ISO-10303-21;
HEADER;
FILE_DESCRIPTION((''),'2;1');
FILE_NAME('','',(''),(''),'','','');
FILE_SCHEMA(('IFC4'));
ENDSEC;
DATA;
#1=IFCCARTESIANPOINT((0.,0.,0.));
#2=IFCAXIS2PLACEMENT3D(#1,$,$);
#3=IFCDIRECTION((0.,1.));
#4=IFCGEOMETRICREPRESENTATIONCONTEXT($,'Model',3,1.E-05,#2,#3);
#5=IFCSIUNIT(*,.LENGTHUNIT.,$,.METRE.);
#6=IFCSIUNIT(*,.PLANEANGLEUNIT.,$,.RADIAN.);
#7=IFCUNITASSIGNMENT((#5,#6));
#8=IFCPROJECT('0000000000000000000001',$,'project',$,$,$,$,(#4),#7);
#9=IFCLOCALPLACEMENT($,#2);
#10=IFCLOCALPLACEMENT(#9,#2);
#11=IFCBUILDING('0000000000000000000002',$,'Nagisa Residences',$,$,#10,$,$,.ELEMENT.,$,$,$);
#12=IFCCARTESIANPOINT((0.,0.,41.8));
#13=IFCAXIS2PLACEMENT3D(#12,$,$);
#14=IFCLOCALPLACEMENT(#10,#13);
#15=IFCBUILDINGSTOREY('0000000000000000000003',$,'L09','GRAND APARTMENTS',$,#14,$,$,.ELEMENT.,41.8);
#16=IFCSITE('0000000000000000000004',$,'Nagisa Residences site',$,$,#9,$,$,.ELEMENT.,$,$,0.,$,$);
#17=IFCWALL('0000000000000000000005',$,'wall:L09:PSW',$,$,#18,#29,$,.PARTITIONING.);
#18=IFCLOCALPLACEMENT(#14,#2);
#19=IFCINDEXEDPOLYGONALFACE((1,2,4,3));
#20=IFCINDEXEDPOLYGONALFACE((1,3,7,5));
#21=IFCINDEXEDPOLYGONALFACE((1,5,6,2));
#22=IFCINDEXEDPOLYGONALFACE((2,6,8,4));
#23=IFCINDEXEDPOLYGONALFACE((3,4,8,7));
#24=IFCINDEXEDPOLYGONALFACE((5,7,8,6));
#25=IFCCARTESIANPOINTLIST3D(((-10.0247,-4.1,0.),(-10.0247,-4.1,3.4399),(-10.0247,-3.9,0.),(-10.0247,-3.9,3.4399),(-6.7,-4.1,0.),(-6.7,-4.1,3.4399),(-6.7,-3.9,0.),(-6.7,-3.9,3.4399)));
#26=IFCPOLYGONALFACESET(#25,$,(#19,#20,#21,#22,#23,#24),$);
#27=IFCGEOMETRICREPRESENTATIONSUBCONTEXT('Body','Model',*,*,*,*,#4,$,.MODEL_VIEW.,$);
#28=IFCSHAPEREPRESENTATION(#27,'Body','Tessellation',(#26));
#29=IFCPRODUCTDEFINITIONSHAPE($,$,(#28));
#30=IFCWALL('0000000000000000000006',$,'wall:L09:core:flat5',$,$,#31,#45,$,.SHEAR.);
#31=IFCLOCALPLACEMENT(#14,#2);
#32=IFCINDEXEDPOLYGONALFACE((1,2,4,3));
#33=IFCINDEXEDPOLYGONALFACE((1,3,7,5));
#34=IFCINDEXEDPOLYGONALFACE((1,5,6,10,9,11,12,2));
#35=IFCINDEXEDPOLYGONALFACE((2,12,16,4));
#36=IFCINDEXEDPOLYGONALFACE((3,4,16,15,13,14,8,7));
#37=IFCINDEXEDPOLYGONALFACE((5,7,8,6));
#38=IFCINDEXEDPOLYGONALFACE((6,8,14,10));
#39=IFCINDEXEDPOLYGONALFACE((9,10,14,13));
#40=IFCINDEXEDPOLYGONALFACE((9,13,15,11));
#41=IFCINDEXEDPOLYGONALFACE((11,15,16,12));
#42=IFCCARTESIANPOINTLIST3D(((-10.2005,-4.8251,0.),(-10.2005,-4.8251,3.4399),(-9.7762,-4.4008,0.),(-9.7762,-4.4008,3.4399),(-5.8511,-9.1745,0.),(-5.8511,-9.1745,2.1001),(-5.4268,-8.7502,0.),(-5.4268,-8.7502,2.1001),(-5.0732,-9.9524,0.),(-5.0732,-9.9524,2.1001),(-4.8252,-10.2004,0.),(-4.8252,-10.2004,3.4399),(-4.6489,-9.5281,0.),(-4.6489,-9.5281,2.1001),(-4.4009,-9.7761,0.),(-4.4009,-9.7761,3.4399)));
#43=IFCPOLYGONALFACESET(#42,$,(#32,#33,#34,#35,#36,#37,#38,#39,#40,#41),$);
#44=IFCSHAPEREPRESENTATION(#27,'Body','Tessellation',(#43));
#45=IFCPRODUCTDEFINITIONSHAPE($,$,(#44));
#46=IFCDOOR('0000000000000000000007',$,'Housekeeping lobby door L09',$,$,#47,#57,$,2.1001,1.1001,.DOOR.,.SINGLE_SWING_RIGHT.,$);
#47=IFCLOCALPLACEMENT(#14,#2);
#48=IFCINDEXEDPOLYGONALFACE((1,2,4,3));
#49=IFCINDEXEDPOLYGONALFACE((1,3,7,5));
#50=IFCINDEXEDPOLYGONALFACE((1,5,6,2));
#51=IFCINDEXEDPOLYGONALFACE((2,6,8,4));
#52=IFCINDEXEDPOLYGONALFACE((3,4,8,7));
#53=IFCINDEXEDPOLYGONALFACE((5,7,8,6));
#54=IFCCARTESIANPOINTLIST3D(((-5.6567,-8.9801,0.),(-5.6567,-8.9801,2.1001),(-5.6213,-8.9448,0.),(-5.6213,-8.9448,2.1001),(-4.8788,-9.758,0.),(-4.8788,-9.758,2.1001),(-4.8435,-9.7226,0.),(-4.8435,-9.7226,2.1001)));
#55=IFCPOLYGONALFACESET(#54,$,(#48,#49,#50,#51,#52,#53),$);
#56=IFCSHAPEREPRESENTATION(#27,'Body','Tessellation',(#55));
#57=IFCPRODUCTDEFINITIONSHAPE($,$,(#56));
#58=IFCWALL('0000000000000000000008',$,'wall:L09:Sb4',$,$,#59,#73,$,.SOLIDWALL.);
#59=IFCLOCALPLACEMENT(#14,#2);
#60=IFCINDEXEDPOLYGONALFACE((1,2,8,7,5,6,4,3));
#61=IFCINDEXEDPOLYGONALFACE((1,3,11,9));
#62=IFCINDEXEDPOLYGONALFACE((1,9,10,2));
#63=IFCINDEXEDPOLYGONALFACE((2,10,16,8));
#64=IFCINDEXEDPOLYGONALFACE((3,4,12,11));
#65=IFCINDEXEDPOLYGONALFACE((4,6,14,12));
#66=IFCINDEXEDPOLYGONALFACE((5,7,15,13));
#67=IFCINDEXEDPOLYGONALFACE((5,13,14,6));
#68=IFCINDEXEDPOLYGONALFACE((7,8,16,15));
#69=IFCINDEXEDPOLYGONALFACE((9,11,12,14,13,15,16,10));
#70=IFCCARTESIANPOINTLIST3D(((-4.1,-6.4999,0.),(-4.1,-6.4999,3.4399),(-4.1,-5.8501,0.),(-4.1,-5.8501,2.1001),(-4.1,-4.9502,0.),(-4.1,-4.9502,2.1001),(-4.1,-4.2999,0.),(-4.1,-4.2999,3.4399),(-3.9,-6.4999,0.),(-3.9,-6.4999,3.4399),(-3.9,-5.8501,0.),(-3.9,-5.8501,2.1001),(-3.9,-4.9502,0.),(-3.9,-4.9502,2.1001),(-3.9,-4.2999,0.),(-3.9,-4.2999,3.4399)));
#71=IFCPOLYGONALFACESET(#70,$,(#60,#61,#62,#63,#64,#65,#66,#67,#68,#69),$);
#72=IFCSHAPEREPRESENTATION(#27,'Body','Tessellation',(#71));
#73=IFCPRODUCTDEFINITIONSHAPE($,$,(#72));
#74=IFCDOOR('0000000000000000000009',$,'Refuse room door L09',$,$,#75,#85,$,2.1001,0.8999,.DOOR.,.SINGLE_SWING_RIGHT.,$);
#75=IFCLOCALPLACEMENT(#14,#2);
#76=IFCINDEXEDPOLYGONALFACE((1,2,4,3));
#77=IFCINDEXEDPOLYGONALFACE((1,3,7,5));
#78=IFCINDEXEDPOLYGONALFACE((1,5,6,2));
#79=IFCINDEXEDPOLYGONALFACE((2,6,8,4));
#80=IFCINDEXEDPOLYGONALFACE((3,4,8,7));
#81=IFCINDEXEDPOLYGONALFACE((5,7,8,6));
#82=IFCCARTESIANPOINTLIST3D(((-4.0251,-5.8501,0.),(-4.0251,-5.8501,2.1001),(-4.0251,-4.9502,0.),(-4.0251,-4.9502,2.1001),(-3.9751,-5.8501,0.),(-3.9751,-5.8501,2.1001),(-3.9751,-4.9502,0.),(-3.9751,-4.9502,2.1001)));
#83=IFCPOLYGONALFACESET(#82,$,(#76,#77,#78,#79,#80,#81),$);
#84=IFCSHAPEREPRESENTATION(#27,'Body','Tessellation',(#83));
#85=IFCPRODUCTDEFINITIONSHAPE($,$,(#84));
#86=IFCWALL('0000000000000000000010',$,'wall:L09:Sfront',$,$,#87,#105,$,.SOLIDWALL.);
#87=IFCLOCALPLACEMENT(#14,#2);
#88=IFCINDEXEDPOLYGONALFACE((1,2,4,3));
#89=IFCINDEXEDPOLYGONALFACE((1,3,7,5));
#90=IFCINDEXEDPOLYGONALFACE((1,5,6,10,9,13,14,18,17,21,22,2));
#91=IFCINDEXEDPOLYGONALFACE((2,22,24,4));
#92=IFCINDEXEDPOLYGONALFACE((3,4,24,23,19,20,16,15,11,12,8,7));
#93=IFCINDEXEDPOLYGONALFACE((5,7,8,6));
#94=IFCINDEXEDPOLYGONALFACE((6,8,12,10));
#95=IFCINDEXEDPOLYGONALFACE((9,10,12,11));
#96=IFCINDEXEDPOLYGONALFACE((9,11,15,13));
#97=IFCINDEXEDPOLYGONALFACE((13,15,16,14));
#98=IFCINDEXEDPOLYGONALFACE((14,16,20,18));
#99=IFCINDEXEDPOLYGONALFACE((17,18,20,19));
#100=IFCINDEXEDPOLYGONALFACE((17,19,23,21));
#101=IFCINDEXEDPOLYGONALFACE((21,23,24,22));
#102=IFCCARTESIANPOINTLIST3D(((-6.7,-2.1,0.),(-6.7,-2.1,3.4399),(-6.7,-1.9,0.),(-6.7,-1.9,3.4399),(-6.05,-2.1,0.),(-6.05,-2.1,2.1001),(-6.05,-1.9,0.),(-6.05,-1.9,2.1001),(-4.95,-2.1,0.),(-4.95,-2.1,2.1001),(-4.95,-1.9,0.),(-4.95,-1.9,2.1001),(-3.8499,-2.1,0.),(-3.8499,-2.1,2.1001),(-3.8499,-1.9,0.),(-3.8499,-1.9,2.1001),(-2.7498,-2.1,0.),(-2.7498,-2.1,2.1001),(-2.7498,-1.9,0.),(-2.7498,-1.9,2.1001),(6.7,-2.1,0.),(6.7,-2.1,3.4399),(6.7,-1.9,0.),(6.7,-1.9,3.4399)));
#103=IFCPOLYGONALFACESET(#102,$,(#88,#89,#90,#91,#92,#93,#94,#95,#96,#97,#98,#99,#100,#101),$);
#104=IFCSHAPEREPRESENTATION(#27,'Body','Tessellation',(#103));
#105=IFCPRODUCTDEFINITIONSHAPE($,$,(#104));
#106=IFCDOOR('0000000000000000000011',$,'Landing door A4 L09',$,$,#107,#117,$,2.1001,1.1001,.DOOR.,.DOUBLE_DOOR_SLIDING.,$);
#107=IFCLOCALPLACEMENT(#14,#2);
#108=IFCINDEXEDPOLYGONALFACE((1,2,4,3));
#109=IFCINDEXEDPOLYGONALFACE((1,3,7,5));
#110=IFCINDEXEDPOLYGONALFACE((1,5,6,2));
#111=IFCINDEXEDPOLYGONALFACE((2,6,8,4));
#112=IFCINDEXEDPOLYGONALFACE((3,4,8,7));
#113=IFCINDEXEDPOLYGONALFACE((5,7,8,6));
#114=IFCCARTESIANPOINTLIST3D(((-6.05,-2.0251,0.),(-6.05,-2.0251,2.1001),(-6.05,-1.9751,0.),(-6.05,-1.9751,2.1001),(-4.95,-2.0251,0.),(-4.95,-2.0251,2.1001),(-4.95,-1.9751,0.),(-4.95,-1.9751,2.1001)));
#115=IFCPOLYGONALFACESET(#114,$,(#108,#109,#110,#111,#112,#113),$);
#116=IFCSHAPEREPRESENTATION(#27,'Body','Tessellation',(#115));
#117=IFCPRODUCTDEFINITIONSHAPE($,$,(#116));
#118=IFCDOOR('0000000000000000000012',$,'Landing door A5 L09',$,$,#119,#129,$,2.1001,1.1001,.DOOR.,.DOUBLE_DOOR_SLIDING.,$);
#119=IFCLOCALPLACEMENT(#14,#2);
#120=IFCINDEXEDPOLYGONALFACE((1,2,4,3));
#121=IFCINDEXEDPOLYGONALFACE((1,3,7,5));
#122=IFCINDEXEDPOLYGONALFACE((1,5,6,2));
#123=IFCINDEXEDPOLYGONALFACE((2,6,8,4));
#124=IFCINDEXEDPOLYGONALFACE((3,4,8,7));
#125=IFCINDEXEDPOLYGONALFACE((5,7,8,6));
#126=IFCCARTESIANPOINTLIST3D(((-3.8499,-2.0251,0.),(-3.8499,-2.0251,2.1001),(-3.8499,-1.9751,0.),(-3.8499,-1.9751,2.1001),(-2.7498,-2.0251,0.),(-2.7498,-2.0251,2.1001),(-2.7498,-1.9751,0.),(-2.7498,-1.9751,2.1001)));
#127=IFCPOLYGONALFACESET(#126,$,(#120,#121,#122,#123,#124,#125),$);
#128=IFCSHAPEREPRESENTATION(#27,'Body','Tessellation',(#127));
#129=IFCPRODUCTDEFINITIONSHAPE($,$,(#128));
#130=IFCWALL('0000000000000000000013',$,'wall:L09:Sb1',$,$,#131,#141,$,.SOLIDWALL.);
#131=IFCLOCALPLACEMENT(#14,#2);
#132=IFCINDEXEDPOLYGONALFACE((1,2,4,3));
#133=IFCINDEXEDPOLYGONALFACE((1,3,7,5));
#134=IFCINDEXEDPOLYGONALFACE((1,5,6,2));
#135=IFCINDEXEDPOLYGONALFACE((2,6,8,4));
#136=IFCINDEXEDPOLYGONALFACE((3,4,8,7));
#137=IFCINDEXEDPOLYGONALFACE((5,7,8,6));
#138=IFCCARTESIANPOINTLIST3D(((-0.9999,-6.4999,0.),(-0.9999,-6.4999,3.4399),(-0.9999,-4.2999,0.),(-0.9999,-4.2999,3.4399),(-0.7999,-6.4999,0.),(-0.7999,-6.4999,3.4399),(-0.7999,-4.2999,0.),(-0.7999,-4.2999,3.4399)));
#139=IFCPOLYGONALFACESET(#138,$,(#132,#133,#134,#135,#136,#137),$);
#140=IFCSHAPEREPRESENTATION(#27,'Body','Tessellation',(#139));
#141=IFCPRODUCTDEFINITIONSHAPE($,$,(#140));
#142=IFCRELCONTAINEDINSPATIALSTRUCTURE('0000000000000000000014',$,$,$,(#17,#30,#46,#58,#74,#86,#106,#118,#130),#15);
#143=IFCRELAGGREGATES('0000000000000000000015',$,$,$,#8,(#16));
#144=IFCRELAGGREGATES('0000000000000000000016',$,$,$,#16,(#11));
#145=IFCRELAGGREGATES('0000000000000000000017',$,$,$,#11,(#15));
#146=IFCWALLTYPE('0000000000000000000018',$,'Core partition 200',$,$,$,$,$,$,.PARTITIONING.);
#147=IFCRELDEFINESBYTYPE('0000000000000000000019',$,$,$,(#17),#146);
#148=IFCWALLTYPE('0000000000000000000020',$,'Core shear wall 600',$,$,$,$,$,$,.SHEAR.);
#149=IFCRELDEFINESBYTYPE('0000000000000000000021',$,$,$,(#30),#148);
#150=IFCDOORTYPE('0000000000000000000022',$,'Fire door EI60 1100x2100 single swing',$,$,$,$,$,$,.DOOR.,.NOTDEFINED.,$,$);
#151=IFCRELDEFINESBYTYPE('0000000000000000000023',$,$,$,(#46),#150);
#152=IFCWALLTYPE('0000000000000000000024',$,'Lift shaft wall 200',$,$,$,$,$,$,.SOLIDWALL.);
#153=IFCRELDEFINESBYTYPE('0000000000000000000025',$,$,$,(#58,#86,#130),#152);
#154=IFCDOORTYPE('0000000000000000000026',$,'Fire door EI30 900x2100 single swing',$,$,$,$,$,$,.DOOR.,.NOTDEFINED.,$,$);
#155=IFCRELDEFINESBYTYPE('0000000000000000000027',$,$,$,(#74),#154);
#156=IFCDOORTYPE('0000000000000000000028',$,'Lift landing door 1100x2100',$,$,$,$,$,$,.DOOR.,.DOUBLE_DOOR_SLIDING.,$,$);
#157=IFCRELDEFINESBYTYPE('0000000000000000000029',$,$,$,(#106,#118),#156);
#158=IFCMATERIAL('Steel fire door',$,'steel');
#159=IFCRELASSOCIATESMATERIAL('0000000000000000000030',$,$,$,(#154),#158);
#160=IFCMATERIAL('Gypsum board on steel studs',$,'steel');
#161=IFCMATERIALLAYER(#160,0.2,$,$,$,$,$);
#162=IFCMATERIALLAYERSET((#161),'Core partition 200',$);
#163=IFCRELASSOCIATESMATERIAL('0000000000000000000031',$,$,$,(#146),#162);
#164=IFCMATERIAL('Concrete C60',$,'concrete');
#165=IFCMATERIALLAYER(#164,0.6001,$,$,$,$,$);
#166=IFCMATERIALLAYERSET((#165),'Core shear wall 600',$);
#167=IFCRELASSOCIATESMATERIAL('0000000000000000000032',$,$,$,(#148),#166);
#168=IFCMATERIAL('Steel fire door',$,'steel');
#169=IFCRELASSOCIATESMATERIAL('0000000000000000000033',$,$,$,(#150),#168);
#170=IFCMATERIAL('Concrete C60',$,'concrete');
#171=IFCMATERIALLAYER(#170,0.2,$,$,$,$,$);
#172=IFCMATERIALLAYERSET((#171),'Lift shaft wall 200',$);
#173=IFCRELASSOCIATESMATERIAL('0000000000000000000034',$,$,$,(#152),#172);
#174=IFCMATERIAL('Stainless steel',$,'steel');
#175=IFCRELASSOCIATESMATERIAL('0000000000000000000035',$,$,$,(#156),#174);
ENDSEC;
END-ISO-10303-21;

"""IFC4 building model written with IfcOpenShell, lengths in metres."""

from ifc_helpers import new_model, si_unit, direction, frame, frame_2d, origin, place, context, subcontext, project, spatial, rectangle, extrude, material, layer, layer_set, type_object, element, fill, save


model = new_model("IFC4")

# Units and contexts
model_context = context("Model", 3, precision=1e-05, world=origin(), true_north=direction((0.0, 1.0)))
body_context = subcontext(model_context, "Body", "Model", "MODEL_VIEW")
ifc_project = project(units=[si_unit("LENGTHUNIT", "METRE"), si_unit("PLANEANGLEUNIT", "RADIAN")], contexts=[model_context])

# Site, building, storey
site_placement = place(None, origin())
site = spatial("IfcSite", under=ifc_project, at=site_placement, Name="Nagisa Residences site", CompositionType="ELEMENT", RefElevation=0.0)
building_placement = place(site_placement, origin())
building = spatial("IfcBuilding", under=site, at=building_placement, Name="Nagisa Residences", CompositionType="ELEMENT")
storey_placement = place(building_placement, frame((0.0, 0.0, 41.8)))
storey = spatial("IfcBuildingStorey", under=building, at=storey_placement, Name="L09", Description="GRAND APARTMENTS", CompositionType="ELEMENT", Elevation=41.8)

# Shared definitions
ifc_material_1 = material(Name="Steel fire door", Category="steel")
door_type_1 = type_object("IfcDoorType", Name="Fire door EI30 900x2100 single swing", OperationType="NOTDEFINED", PredefinedType="DOOR", material=ifc_material_1)

# Wall
ifc_material_2 = material(Name="Gypsum board on steel studs", Category="steel")
ifc_layer_1 = layer(ifc_material_2, 0.2)
ifc_layer_set_1 = layer_set([ifc_layer_1], Name="Core partition 200")
wall_type_1 = type_object("IfcWallType", Name="Core partition 200", PredefinedType="PARTITIONING", material=ifc_layer_set_1)
wall_1_placement = place(storey_placement, frame((-10.0247, -4.0, 0.0), z_axis=(0.0, 0.0, 1.0), x_axis=(1.0, 0.0, 0.0)))
element("IfcWall", 1, at=wall_1_placement, inside=storey, type_object=wall_type_1, Name="wall:L09:PSW", PredefinedType="PARTITIONING", context=body_context, shape_type="SweptSolid", body=[
    extrude(rectangle(XDim=3.3247, YDim=0.2, at=frame_2d((1.6624, 0.0))), origin(), (0.0, 0.0, 1.0), 3.4399),
])

# Walls, openings, doors
ifc_material_3 = material(Name="Concrete C60", Category="concrete")
ifc_layer_2 = layer(ifc_material_3, 0.6001)
ifc_layer_set_2 = layer_set([ifc_layer_2], Name="Core shear wall 600")
wall_type_2 = type_object("IfcWallType", Name="Core shear wall 600", PredefinedType="SHEAR", material=ifc_layer_set_2)
wall_2_placement = place(storey_placement, frame((-9.9883, -4.613, 0.0), z_axis=(0.0, 0.0, 1.0), x_axis=(0.707107, -0.707107, 0.0)))
wall_2 = element("IfcWall", 2, at=wall_2_placement, inside=storey, type_object=wall_type_2, Name="wall:L09:core:flat5", PredefinedType="SHEAR", context=body_context, shape_type="SweptSolid", body=[
    extrude(rectangle(XDim=7.6018, YDim=0.6001, at=frame_2d((3.8008, 0.0))), origin(), (0.0, 0.0, 1.0), 3.4399),
])
opening_1_placement = place(wall_2_placement, frame((6.1509, 0.0, 0.0)))
opening_1 = element("IfcOpeningElement", 3, at=opening_1_placement, cuts=wall_2, PredefinedType="OPENING", context=body_context, shape_type="SweptSolid", body=[
    extrude(rectangle(XDim=1.1001, YDim=2.1001, at=frame_2d((0.55, 1.05))), frame((0.0, 0.3101, 0.0), z_axis=(0.0, -1.0, 0.0), x_axis=(1.0, 0.0, 0.0)), (0.0, 0.0, 1.0), 0.6201),
])
ifc_material_4 = material(Name="Steel fire door", Category="steel")
door_type_2 = type_object("IfcDoorType", Name="Fire door EI60 1100x2100 single swing", OperationType="NOTDEFINED", PredefinedType="DOOR", material=ifc_material_4)
door_1_placement = place(opening_1_placement, origin())
door_1 = element("IfcDoor", 4, at=door_1_placement, inside=storey, type_object=door_type_2, Name="Housekeeping lobby door L09", OperationType="SINGLE_SWING_RIGHT", OverallHeight=2.1001, OverallWidth=1.1001, PredefinedType="DOOR", context=body_context, shape_type="SweptSolid", body=[
    extrude(rectangle(XDim=1.1001, YDim=2.1001, at=frame_2d((0.55, 1.05))), frame((0.0, 0.0249, 0.0), z_axis=(0.0, -1.0, 0.0), x_axis=(1.0, 0.0, 0.0)), (0.0, 0.0, 1.0), 0.05),
])
fill(opening_1, door_1)
ifc_material_5 = material(Name="Concrete C60", Category="concrete")
ifc_layer_3 = layer(ifc_material_5, 0.2)
ifc_layer_set_3 = layer_set([ifc_layer_3], Name="Lift shaft wall 200")
wall_type_3 = type_object("IfcWallType", Name="Lift shaft wall 200", PredefinedType="SOLIDWALL", material=ifc_layer_set_3)
wall_3_placement = place(storey_placement, frame((-4.0, -6.5, 0.0), z_axis=(0.0, 0.0, 1.0), x_axis=(0.0, 1.0, 0.0)))
wall_3 = element("IfcWall", 5, at=wall_3_placement, inside=storey, type_object=wall_type_3, Name="wall:L09:Sb4", PredefinedType="SOLIDWALL", context=body_context, shape_type="SweptSolid", body=[
    extrude(rectangle(XDim=2.2, YDim=0.2, at=frame_2d((1.1001, 0.0))), origin(), (0.0, 0.0, 1.0), 3.4399),
])
opening_2_placement = place(wall_3_placement, frame((0.6499, 0.0, 0.0)))
opening_2 = element("IfcOpeningElement", 6, at=opening_2_placement, cuts=wall_3, PredefinedType="OPENING", context=body_context, shape_type="SweptSolid", body=[
    extrude(rectangle(XDim=0.8999, YDim=2.1001, at=frame_2d((0.45, 1.05))), frame((0.0, 0.1099, 0.0), z_axis=(0.0, -1.0, 0.0), x_axis=(1.0, 0.0, 0.0)), (0.0, 0.0, 1.0), 0.22),
])
door_2_placement = place(opening_2_placement, frame((0.8999, 0.0, 0.0), x_axis=(-1.0, 0.0, 0.0)))
door_2 = element("IfcDoor", 7, at=door_2_placement, inside=storey, type_object=door_type_1, Name="Refuse room door L09", OperationType="SINGLE_SWING_RIGHT", OverallHeight=2.1001, OverallWidth=0.8999, PredefinedType="DOOR", context=body_context, shape_type="SweptSolid", body=[
    extrude(rectangle(XDim=0.8999, YDim=2.1001, at=frame_2d((0.45, 1.05))), frame((0.0, 0.0249, 0.0), z_axis=(0.0, -1.0, 0.0), x_axis=(1.0, 0.0, 0.0)), (0.0, 0.0, 1.0), 0.05),
])
fill(opening_2, door_2)

# Wall, openings, doors
wall_4_placement = place(storey_placement, frame((-6.7, -2.0, 0.0), z_axis=(0.0, 0.0, 1.0), x_axis=(1.0, 0.0, 0.0)))
wall_4 = element("IfcWall", 8, at=wall_4_placement, inside=storey, type_object=wall_type_3, Name="wall:L09:Sfront", PredefinedType="SOLIDWALL", context=body_context, shape_type="SweptSolid", body=[
    extrude(rectangle(XDim=13.3999, YDim=0.2, at=frame_2d((6.7, 0.0))), origin(), (0.0, 0.0, 1.0), 3.4399),
])
opening_3_placement = place(wall_4_placement, frame((0.6499, 0.0, 0.0)))
opening_3 = element("IfcOpeningElement", 9, at=opening_3_placement, cuts=wall_4, PredefinedType="OPENING", context=body_context, shape_type="SweptSolid", body=[
    extrude(rectangle(XDim=1.1001, YDim=2.1001, at=frame_2d((0.55, 1.05))), frame((0.0, 0.1099, 0.0), z_axis=(0.0, -1.0, 0.0), x_axis=(1.0, 0.0, 0.0)), (0.0, 0.0, 1.0), 0.22),
])
opening_4_placement = place(wall_4_placement, frame((2.8501, 0.0, 0.0)))
opening_4 = element("IfcOpeningElement", 10, at=opening_4_placement, cuts=wall_4, PredefinedType="OPENING", context=body_context, shape_type="SweptSolid", body=[
    extrude(rectangle(XDim=1.1001, YDim=2.1001, at=frame_2d((0.55, 1.05))), frame((0.0, 0.1099, 0.0), z_axis=(0.0, -1.0, 0.0), x_axis=(1.0, 0.0, 0.0)), (0.0, 0.0, 1.0), 0.22),
])
ifc_material_6 = material(Name="Stainless steel", Category="steel")
door_type_3 = type_object("IfcDoorType", Name="Lift landing door 1100x2100", OperationType="DOUBLE_DOOR_SLIDING", PredefinedType="DOOR", material=ifc_material_6)
door_3_placement = place(opening_3_placement, origin())
door_3 = element("IfcDoor", 11, at=door_3_placement, inside=storey, type_object=door_type_3, Name="Landing door A4 L09", OperationType="DOUBLE_DOOR_SLIDING", OverallHeight=2.1001, OverallWidth=1.1001, PredefinedType="DOOR", context=body_context, shape_type="SweptSolid", body=[
    extrude(rectangle(XDim=1.1001, YDim=2.1001, at=frame_2d((0.55, 1.05))), frame((0.0, 0.0249, 0.0), z_axis=(0.0, -1.0, 0.0), x_axis=(1.0, 0.0, 0.0)), (0.0, 0.0, 1.0), 0.05),
])
fill(opening_3, door_3)
door_4_placement = place(opening_4_placement, origin())
door_4 = element("IfcDoor", 12, at=door_4_placement, inside=storey, type_object=door_type_3, Name="Landing door A5 L09", OperationType="DOUBLE_DOOR_SLIDING", OverallHeight=2.1001, OverallWidth=1.1001, PredefinedType="DOOR", context=body_context, shape_type="SweptSolid", body=[
    extrude(rectangle(XDim=1.1001, YDim=2.1001, at=frame_2d((0.55, 1.05))), frame((0.0, 0.0249, 0.0), z_axis=(0.0, -1.0, 0.0), x_axis=(1.0, 0.0, 0.0)), (0.0, 0.0, 1.0), 0.05),
])
fill(opening_4, door_4)

# Wall
wall_5_placement = place(storey_placement, frame((-0.8999, -6.5, 0.0), z_axis=(0.0, 0.0, 1.0), x_axis=(0.0, 1.0, 0.0)))
element("IfcWall", 13, at=wall_5_placement, inside=storey, type_object=wall_type_3, Name="wall:L09:Sb1", PredefinedType="SOLIDWALL", context=body_context, shape_type="SweptSolid", body=[
    extrude(rectangle(XDim=2.2, YDim=0.2, at=frame_2d((1.1001, 0.0))), origin(), (0.0, 0.0, 1.0), 3.4399),
])

save(model, "model.ifc")
